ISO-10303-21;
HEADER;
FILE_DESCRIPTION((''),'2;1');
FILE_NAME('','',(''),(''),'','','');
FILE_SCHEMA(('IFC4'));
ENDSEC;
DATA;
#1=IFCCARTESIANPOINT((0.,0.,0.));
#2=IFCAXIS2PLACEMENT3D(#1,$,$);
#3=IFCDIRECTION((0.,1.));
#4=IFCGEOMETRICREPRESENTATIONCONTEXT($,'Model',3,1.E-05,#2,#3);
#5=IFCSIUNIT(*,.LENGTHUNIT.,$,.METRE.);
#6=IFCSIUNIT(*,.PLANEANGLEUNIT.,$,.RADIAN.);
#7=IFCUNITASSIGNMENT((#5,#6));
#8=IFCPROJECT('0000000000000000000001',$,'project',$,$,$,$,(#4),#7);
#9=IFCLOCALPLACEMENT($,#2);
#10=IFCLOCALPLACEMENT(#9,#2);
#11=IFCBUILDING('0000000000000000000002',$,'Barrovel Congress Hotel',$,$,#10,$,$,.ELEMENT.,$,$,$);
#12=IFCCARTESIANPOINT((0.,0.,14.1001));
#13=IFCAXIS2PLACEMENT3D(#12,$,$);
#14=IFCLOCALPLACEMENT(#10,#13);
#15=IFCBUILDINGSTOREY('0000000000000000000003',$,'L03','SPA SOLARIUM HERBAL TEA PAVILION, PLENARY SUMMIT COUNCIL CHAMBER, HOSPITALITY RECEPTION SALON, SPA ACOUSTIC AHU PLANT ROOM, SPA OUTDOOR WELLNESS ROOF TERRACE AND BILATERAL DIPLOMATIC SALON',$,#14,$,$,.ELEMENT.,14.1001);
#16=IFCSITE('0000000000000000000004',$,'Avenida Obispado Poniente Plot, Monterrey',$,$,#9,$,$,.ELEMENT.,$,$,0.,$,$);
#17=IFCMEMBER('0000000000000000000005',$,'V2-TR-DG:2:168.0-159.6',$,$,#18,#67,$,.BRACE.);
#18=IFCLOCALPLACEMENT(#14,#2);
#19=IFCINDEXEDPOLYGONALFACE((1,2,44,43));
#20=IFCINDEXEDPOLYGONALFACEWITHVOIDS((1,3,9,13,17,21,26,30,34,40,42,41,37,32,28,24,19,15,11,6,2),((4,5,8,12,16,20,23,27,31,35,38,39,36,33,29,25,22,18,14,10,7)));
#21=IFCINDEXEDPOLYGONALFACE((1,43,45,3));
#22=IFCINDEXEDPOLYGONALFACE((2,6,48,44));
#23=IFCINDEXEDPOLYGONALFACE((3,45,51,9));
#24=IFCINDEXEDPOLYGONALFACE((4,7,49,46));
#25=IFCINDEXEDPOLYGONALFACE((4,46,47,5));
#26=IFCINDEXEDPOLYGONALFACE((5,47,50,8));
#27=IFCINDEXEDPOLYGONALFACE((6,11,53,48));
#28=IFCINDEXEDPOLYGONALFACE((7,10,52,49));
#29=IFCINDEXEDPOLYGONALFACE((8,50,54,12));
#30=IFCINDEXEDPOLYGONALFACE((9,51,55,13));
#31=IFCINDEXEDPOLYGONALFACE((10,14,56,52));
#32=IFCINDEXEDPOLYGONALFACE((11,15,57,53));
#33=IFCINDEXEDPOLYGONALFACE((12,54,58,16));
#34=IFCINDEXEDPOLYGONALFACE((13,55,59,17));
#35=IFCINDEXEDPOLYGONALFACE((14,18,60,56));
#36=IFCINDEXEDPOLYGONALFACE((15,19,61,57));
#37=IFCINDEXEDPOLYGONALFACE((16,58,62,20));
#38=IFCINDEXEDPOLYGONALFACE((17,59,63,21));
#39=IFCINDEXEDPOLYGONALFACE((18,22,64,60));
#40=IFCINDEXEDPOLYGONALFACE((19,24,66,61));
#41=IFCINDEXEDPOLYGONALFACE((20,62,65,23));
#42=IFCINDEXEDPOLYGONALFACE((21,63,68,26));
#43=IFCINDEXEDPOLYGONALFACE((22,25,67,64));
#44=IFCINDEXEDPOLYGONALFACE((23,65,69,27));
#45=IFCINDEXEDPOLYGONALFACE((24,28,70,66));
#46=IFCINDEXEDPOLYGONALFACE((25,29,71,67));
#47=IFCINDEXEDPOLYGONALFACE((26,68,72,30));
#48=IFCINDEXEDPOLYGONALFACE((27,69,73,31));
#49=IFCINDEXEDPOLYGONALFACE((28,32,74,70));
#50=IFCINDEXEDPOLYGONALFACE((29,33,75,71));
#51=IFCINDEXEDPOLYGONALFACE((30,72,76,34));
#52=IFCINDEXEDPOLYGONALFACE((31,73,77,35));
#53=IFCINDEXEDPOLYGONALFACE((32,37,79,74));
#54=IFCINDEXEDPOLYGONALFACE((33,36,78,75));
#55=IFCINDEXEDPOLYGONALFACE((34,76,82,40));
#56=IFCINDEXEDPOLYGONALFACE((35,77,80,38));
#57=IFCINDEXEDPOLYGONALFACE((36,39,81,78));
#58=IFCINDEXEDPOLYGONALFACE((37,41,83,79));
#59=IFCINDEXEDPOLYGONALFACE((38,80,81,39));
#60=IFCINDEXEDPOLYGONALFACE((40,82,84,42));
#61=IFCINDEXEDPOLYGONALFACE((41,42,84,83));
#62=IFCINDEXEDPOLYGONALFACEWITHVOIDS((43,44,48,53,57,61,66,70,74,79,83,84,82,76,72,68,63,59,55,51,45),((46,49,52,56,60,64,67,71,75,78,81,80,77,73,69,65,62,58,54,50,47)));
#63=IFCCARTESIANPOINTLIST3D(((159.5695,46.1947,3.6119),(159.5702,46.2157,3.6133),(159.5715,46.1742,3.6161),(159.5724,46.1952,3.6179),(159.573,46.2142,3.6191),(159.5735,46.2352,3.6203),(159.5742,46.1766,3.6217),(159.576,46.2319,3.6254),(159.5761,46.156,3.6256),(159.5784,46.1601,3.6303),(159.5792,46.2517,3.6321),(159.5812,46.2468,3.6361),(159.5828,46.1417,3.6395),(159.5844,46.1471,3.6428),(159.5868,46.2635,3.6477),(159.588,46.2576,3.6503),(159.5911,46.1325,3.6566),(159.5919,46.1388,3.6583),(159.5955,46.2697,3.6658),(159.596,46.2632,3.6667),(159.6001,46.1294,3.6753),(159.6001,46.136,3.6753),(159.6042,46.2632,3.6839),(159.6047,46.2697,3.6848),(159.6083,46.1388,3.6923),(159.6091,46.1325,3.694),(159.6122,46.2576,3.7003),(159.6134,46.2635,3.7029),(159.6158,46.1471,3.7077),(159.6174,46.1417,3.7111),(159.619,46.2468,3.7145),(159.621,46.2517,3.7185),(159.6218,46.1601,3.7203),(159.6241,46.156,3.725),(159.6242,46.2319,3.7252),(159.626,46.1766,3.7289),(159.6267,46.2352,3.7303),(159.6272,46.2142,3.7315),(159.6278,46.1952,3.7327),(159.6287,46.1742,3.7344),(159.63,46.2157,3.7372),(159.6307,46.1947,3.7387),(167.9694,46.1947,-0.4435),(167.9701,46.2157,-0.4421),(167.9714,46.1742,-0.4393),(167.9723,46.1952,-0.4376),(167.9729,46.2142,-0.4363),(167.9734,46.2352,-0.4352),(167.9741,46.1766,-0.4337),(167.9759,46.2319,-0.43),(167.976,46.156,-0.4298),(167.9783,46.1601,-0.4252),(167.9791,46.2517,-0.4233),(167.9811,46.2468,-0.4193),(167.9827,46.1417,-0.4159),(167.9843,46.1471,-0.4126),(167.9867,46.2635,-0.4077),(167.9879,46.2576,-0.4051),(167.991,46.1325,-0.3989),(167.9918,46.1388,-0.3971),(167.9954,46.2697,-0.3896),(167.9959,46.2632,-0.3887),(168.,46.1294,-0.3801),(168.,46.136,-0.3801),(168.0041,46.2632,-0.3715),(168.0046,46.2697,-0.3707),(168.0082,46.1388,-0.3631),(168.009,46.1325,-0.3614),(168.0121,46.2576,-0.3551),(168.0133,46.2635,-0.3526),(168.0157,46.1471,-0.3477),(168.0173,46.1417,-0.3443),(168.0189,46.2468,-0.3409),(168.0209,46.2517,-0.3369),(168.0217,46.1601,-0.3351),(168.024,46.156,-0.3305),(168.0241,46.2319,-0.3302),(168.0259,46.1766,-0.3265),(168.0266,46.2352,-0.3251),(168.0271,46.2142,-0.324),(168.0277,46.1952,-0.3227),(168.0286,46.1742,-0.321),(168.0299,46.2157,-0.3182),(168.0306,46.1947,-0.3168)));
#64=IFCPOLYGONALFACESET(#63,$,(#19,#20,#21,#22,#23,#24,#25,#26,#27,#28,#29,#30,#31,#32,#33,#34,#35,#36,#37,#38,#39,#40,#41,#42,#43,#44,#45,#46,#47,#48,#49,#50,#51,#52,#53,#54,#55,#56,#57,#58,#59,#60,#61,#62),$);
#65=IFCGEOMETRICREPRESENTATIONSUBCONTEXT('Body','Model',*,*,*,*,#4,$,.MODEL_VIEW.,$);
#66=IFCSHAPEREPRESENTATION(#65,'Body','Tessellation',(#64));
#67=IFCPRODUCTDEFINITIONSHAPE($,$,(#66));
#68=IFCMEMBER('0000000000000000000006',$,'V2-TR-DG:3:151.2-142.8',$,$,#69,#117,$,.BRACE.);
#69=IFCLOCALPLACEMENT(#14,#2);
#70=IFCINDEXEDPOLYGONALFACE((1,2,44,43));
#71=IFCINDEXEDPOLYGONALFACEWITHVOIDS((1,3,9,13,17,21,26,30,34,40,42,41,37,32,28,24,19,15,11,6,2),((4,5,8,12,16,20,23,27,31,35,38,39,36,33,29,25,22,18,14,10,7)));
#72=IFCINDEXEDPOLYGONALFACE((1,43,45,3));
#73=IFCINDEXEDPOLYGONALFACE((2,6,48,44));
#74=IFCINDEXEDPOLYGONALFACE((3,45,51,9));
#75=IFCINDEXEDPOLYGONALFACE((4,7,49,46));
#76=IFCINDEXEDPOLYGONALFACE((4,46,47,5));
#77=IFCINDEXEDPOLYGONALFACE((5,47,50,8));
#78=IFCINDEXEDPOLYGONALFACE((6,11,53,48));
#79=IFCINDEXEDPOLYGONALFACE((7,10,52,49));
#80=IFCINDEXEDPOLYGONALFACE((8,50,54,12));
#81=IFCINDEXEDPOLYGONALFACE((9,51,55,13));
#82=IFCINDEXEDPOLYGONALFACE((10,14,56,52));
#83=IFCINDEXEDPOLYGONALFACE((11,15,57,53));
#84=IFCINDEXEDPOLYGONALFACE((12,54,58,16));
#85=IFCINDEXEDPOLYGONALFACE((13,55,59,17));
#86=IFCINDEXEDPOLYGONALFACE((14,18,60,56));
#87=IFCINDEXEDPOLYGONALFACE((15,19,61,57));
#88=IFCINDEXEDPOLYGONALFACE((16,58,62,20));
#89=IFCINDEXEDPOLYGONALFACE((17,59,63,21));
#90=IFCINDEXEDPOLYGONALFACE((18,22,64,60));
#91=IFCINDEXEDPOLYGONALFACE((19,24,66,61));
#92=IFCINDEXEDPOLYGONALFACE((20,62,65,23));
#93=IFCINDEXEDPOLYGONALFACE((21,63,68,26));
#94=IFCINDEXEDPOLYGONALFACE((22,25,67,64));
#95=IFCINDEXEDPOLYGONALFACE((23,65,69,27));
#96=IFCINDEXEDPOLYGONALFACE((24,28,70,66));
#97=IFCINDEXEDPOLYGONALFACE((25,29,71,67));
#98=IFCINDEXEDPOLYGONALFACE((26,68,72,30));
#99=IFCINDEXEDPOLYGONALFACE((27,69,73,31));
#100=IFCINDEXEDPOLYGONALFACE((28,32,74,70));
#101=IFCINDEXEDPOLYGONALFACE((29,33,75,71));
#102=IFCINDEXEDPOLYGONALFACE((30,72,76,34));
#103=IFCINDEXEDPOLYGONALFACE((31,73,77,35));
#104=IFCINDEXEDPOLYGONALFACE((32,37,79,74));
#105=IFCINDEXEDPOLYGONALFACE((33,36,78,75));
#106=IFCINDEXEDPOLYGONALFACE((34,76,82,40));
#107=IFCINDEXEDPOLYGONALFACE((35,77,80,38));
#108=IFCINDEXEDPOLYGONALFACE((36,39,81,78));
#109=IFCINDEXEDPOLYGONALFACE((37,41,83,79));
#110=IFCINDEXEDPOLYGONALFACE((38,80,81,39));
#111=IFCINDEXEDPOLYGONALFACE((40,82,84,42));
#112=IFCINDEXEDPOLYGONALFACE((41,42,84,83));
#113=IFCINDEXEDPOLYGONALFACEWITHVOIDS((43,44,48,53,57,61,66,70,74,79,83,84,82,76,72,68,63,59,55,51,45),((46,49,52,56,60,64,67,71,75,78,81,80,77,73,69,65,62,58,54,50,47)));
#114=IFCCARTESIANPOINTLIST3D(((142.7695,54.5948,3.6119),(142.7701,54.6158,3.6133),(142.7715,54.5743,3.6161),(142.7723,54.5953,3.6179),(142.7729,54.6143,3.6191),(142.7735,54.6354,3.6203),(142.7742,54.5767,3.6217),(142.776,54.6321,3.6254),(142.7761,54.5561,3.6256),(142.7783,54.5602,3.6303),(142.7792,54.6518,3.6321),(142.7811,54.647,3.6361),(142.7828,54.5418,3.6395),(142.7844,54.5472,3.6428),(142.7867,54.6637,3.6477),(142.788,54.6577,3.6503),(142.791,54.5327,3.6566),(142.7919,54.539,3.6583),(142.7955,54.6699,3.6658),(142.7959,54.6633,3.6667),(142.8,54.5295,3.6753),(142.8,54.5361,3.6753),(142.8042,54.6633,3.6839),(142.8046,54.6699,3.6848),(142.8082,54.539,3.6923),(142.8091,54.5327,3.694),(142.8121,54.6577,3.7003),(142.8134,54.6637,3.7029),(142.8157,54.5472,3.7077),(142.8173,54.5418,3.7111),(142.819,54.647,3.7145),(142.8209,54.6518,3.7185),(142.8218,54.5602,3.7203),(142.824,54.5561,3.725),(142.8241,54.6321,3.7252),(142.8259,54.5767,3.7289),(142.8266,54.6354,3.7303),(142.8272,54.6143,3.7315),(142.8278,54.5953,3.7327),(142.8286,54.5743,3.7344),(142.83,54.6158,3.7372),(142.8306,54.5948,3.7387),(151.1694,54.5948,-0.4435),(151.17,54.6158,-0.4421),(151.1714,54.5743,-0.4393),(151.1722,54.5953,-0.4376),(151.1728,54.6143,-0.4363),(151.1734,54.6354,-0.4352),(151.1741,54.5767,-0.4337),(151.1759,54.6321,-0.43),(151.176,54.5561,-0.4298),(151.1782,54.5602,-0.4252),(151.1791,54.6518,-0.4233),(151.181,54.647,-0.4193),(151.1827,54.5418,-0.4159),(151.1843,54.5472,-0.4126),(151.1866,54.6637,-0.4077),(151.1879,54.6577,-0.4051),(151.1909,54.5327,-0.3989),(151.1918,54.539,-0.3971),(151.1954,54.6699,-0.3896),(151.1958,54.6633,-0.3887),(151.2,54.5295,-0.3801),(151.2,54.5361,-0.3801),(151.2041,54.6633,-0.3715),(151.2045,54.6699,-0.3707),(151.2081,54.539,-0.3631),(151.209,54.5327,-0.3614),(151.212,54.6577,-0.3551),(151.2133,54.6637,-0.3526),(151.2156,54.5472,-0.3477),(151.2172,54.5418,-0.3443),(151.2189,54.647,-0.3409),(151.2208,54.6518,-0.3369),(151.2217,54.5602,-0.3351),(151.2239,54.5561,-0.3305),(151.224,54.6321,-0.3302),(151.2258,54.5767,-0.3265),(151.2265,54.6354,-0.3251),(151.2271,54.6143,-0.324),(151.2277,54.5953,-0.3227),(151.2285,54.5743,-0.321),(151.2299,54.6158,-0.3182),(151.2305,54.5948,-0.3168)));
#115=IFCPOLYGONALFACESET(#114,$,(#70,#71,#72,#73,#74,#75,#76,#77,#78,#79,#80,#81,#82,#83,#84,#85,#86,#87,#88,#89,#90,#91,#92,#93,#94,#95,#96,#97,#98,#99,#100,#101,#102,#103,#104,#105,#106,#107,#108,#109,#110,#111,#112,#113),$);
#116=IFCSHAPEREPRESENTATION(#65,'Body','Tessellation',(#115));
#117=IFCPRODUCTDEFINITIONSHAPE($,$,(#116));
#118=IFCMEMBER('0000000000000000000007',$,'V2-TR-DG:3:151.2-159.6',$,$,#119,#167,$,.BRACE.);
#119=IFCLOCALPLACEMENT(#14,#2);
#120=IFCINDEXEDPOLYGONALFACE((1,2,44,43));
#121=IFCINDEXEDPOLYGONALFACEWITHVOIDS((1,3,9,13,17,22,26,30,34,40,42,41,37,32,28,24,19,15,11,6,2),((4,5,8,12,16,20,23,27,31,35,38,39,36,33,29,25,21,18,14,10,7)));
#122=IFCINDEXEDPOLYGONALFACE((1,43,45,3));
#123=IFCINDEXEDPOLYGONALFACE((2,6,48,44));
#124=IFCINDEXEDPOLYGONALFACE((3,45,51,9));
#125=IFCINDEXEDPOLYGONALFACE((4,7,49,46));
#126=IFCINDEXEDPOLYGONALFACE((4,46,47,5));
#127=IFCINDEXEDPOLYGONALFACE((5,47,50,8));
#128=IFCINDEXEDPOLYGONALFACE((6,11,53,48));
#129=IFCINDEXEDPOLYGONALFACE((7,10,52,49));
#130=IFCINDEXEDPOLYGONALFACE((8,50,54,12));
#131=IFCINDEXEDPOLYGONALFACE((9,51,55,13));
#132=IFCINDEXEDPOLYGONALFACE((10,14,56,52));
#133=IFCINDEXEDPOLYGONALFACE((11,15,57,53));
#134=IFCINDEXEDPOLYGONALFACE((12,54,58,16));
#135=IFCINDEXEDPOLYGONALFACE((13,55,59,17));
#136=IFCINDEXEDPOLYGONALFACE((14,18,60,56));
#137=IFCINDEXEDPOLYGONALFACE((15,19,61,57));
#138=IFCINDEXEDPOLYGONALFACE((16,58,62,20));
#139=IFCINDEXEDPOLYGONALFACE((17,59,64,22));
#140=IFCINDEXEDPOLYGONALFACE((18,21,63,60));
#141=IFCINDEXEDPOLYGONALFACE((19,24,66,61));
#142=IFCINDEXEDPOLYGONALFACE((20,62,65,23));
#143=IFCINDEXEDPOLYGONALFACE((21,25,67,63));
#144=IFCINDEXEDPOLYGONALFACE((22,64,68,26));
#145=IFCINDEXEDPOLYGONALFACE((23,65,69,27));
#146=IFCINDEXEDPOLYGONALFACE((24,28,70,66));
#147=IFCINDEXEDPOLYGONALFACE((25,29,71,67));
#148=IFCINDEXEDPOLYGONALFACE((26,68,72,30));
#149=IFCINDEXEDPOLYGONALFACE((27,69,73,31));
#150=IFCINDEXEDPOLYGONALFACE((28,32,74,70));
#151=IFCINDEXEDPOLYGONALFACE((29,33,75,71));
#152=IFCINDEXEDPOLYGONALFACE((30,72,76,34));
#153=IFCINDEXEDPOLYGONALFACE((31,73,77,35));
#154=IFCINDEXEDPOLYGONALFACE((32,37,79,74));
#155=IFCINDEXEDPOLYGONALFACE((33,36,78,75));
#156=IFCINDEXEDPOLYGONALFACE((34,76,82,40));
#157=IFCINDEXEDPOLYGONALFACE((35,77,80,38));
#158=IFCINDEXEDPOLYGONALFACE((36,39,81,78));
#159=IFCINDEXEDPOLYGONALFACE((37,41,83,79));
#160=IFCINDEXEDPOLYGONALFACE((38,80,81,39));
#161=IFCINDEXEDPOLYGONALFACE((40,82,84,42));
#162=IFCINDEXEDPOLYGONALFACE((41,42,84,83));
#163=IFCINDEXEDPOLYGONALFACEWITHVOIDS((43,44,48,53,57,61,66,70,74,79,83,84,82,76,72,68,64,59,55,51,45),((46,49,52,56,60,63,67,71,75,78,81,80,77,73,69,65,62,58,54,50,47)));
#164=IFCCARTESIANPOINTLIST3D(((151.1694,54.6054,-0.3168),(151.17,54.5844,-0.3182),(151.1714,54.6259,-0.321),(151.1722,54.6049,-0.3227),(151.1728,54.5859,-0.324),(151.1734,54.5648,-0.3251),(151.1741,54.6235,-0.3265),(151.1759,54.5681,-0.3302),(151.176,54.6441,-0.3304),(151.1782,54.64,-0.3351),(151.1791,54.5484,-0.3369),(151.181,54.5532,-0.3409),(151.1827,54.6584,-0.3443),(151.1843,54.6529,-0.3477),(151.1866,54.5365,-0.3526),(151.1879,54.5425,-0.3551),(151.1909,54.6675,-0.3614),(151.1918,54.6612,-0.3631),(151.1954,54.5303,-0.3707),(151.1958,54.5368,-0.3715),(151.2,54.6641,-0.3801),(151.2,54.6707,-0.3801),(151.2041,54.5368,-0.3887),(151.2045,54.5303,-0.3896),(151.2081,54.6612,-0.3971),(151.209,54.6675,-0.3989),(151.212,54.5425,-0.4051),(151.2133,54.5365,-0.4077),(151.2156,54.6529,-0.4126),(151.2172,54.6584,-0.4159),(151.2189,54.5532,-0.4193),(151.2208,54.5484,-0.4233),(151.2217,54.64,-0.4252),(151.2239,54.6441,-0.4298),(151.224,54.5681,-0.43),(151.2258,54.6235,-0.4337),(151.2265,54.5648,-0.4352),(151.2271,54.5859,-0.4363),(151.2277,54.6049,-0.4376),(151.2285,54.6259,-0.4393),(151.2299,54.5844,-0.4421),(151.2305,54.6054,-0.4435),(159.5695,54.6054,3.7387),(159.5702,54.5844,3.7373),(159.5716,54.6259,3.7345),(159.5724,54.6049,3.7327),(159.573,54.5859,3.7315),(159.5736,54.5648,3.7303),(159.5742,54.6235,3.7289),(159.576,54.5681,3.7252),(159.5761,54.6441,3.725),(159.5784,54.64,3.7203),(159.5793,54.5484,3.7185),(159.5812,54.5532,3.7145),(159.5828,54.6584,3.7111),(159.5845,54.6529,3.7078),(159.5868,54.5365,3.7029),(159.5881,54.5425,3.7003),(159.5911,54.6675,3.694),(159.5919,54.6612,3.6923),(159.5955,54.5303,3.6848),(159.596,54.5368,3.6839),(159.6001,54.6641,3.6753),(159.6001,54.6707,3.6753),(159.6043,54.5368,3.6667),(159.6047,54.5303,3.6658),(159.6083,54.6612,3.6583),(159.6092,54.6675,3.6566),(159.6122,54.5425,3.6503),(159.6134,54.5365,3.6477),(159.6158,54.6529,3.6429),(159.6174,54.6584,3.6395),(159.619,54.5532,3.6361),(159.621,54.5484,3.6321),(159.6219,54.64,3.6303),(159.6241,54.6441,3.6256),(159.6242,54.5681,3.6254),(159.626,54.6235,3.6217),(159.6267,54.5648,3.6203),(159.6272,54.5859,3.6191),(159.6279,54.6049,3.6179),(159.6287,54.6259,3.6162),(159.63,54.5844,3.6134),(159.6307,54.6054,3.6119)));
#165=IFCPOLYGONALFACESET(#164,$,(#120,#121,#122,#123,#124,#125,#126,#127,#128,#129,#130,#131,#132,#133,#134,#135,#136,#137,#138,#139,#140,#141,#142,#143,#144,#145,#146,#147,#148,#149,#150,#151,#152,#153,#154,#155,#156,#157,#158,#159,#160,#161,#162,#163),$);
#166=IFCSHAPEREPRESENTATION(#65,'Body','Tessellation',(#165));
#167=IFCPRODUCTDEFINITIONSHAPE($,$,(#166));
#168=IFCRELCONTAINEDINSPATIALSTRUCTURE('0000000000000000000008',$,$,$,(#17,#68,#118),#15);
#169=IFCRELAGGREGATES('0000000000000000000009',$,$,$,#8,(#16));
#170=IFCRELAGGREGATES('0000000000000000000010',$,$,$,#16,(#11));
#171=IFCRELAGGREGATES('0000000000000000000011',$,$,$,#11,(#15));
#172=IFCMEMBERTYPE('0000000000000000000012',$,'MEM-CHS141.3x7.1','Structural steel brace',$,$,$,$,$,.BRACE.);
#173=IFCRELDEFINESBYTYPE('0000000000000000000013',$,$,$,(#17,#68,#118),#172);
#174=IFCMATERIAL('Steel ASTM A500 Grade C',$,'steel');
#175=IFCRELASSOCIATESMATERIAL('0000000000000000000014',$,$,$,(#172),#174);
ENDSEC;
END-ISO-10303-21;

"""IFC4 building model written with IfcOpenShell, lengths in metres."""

from ifc_helpers import new_model, si_unit, direction, frame, origin, origin_2d, place, context, subcontext, project, spatial, hollow_circle, extrude, material, material_profile, profile_set, type_object, element, save


model = new_model("IFC4")

# Units and contexts
model_context = context("Model", 3, precision=1e-05, world=origin(), true_north=direction((0.0, 1.0)))
body_context = subcontext(model_context, "Body", "Model", "MODEL_VIEW")
ifc_project = project(units=[si_unit("LENGTHUNIT", "METRE"), si_unit("PLANEANGLEUNIT", "RADIAN")], contexts=[model_context])

# Site, building, storey
site_placement = place(None, origin())
site = spatial("IfcSite", under=ifc_project, at=site_placement, Name="Avenida Obispado Poniente Plot, Monterrey", CompositionType="ELEMENT", RefElevation=0.0)
building_placement = place(site_placement, origin())
building = spatial("IfcBuilding", under=site, at=building_placement, Name="Barrovel Congress Hotel", CompositionType="ELEMENT")
storey_placement = place(building_placement, frame((0.0, 0.0, 14.1001)))
storey = spatial("IfcBuildingStorey", under=building, at=storey_placement, Name="L03", Description="SPA SOLARIUM HERBAL TEA PAVILION, PLENARY SUMMIT COUNCIL CHAMBER, HOSPITALITY RECEPTION SALON, SPA ACOUSTIC AHU PLANT ROOM, SPA OUTDOOR WELLNESS ROOF TERRACE AND BILATERAL DIPLOMATIC SALON", CompositionType="ELEMENT", Elevation=14.1001)

# Members
ifc_material_1 = material(Name="Steel ASTM A500 Grade C", Category="steel")
ifc_material_profile_1 = material_profile(ifc_material_1, hollow_circle(Radius=0.0706, WallThickness=0.0066, at=origin_2d()), Name="CHS141.3x7.1")
ifc_profile_set_1 = profile_set([ifc_material_profile_1], Name="Steel ASTM A500 Grade C")
member_type_1 = type_object("IfcMemberType", Name="MEM-CHS141.3x7.1", Description="Structural steel brace", PredefinedType="BRACE", material=ifc_profile_set_1)
for number, where, z_axis, x_axis, name in (
    (1, (168.0, 46.2, -0.3801), (-0.900539, 0.0, 0.434775), (0.0, -1.0, 0.0), "V2-TR-DG:2:168.0-159.6"),
    (2, (151.2, 54.6001, -0.3801), (-0.900539, 0.0, 0.434775), (0.0, -1.0, 0.0), "V2-TR-DG:3:151.2-142.8"),
):
    element("IfcMember", number, at=place(storey_placement, frame(where, z_axis=z_axis, x_axis=x_axis)), inside=storey, type_object=member_type_1, Name=name, PredefinedType="BRACE", context=body_context, shape_type="SweptSolid", body=[
        extrude(hollow_circle(Radius=0.0706, WallThickness=0.0066, at=origin_2d()), origin(), (0.0, 0.0, 1.0), 9.3276),
    ])
member_1_placement = place(storey_placement, frame((151.2, 54.6001, -0.3801), z_axis=(0.900544, 0.0, 0.434764), x_axis=(0.0, 1.0, 0.0)))
element("IfcMember", 3, at=member_1_placement, inside=storey, type_object=member_type_1, Name="V2-TR-DG:3:151.2-159.6", PredefinedType="BRACE", context=body_context, shape_type="SweptSolid", body=[
    extrude(hollow_circle(Radius=0.0706, WallThickness=0.0066, at=origin_2d()), origin(), (0.0, 0.0, 1.0), 9.3279),
])

save(model, "model.ifc")
